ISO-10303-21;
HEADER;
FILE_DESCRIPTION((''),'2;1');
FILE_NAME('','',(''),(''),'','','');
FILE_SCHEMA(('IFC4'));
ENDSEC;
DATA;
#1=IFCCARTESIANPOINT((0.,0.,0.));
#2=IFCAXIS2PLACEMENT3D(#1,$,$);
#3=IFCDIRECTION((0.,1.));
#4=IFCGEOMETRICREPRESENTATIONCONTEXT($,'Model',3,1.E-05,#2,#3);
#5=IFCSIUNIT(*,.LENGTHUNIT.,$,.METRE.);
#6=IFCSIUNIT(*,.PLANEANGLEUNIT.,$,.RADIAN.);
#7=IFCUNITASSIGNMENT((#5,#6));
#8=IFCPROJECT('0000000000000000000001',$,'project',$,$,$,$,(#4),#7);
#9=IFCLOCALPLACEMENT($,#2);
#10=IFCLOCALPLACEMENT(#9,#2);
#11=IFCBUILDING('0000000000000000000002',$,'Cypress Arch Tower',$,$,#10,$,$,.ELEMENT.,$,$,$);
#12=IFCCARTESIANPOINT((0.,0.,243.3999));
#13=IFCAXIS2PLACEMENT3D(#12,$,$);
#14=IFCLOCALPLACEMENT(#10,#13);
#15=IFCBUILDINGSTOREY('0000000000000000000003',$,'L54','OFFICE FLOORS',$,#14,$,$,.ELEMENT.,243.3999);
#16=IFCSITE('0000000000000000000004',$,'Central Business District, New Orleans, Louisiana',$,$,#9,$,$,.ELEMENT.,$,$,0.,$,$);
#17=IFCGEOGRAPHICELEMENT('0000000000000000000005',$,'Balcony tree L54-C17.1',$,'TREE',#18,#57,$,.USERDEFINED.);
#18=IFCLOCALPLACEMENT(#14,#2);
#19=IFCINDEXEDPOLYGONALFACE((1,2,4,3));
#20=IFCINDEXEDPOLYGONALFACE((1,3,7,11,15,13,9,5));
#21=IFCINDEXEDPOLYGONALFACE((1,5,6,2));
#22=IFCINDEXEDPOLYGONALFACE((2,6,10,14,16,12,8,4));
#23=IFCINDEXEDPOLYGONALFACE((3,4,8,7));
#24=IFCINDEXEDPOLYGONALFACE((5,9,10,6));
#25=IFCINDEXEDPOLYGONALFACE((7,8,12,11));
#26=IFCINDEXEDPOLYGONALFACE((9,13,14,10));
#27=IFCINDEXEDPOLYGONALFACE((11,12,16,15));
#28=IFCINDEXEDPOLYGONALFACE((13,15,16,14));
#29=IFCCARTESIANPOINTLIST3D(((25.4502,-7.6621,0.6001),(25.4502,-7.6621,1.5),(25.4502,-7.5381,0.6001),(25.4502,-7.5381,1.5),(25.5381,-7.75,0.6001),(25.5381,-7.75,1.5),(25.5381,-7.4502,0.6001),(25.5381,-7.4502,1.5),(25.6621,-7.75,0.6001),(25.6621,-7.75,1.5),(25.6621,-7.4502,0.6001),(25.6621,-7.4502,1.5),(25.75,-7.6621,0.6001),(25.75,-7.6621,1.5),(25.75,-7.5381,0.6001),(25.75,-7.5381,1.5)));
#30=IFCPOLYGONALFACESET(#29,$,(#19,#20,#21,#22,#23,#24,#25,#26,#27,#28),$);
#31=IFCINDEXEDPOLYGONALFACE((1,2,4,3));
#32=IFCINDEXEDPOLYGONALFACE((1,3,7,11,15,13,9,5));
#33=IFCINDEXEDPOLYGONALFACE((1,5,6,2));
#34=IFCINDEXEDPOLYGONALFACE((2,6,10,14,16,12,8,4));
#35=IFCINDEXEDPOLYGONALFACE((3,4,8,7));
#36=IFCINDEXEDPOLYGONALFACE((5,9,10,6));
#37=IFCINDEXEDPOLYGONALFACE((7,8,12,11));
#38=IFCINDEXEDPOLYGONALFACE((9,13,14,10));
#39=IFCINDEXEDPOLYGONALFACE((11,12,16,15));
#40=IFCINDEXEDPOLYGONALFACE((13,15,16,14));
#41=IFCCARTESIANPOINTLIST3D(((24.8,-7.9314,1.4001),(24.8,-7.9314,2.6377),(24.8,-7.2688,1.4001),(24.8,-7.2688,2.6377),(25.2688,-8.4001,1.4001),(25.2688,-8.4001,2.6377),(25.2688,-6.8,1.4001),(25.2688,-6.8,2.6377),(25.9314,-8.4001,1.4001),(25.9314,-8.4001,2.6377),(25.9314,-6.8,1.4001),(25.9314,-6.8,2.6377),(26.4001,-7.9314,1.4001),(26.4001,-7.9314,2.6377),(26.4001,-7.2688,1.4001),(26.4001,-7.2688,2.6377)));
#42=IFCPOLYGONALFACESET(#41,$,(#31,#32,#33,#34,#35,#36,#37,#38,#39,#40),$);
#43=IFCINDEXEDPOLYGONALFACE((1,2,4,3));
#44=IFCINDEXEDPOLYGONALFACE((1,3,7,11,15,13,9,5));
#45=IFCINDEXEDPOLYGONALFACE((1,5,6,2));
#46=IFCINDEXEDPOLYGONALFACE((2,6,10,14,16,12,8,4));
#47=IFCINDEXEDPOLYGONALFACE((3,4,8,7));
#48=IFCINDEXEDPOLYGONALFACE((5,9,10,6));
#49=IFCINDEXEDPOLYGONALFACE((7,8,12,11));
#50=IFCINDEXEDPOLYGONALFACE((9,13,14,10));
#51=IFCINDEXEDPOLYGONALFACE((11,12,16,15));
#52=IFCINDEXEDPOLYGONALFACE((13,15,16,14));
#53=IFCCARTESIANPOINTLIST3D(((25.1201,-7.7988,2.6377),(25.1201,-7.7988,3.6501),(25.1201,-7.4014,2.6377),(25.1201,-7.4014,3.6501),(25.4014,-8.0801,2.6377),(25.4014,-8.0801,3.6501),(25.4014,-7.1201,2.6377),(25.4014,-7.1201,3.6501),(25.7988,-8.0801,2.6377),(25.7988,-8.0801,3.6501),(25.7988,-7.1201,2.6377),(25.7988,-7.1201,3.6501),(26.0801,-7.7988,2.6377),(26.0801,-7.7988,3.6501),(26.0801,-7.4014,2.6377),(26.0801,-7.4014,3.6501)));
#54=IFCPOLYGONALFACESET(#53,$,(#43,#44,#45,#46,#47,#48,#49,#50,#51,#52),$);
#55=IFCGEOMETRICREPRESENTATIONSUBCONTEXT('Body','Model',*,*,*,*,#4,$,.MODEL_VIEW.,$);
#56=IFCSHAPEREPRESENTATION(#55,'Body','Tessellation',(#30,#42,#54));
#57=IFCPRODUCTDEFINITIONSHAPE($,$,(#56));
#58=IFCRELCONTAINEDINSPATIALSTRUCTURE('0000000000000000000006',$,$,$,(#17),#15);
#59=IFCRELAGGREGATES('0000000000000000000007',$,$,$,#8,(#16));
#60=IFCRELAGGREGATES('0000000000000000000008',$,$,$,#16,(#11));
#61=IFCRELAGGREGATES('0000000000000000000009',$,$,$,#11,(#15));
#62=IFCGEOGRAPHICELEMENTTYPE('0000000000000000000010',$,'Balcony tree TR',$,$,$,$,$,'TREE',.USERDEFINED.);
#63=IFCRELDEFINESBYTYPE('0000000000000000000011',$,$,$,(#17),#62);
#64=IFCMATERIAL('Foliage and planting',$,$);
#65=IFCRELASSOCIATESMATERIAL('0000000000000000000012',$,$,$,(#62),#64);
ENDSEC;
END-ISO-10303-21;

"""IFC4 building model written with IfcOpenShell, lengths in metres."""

from ifc_helpers import new_model, si_unit, direction, frame, origin, place, context, subcontext, project, spatial, polyline, outline, extrude, material, type_object, element, save


model = new_model("IFC4")

# Units and contexts
model_context = context("Model", 3, precision=1e-05, world=origin(), true_north=direction((0.0, 1.0)))
body_context = subcontext(model_context, "Body", "Model", "MODEL_VIEW")
ifc_project = project(units=[si_unit("LENGTHUNIT", "METRE"), si_unit("PLANEANGLEUNIT", "RADIAN")], contexts=[model_context])

# Site, building, storey
site_placement = place(None, origin())
site = spatial("IfcSite", under=ifc_project, at=site_placement, Name="Central Business District, New Orleans, Louisiana", CompositionType="ELEMENT", RefElevation=0.0)
building_placement = place(site_placement, origin())
building = spatial("IfcBuilding", under=site, at=building_placement, Name="Cypress Arch Tower", CompositionType="ELEMENT")
storey_placement = place(building_placement, frame((0.0, 0.0, 243.3999)))
storey = spatial("IfcBuildingStorey", under=building, at=storey_placement, Name="L54", Description="OFFICE FLOORS", CompositionType="ELEMENT", Elevation=243.3999)

# Geographic element
ifc_material_1 = material(Name="Foliage and planting")
geographic_element_type = type_object("IfcGeographicElementType", Name="Balcony tree TR", ElementType="TREE", PredefinedType="USERDEFINED", material=ifc_material_1)
geographic_element_placement = place(storey_placement, frame((25.6001, -7.6001, 0.6001), z_axis=(0.0, 0.0, 1.0), x_axis=(1.0, 0.0, 0.0)))
element("IfcGeographicElement", 1, at=geographic_element_placement, inside=storey, type_object=geographic_element_type, Name="Balcony tree L54-C17.1", ObjectType="TREE", PredefinedType="USERDEFINED", context=body_context, shape_type="SweptSolid", body=[
    extrude(outline(polyline([(0.1499, 0.062), (0.062, 0.1499), (-0.062, 0.1499), (-0.1499, 0.062), (-0.1499, -0.062), (-0.062, -0.1499), (0.062, -0.1499), (0.1499, -0.062), (0.1499, 0.062)])), origin(), (0.0, 0.0, 1.0), 0.8999),
    extrude(outline(polyline([(0.8, 0.3313), (0.3313, 0.8), (-0.3313, 0.8), (-0.8, 0.3313), (-0.8, -0.3313), (-0.3313, -0.8), (0.3313, -0.8), (0.8, -0.3313), (0.8, 0.3313)])), frame((0.0, 0.0, 0.8)), (0.0, 0.0, 1.0), 1.2375),
    extrude(outline(polyline([(0.48, 0.1987), (0.1987, 0.48), (-0.1987, 0.48), (-0.48, 0.1987), (-0.48, -0.1987), (-0.1987, -0.48), (0.1987, -0.48), (0.48, -0.1987), (0.48, 0.1987)])), frame((0.0, 0.0, 2.0376)), (0.0, 0.0, 1.0), 1.0125),
])

save(model, "model.ifc")
